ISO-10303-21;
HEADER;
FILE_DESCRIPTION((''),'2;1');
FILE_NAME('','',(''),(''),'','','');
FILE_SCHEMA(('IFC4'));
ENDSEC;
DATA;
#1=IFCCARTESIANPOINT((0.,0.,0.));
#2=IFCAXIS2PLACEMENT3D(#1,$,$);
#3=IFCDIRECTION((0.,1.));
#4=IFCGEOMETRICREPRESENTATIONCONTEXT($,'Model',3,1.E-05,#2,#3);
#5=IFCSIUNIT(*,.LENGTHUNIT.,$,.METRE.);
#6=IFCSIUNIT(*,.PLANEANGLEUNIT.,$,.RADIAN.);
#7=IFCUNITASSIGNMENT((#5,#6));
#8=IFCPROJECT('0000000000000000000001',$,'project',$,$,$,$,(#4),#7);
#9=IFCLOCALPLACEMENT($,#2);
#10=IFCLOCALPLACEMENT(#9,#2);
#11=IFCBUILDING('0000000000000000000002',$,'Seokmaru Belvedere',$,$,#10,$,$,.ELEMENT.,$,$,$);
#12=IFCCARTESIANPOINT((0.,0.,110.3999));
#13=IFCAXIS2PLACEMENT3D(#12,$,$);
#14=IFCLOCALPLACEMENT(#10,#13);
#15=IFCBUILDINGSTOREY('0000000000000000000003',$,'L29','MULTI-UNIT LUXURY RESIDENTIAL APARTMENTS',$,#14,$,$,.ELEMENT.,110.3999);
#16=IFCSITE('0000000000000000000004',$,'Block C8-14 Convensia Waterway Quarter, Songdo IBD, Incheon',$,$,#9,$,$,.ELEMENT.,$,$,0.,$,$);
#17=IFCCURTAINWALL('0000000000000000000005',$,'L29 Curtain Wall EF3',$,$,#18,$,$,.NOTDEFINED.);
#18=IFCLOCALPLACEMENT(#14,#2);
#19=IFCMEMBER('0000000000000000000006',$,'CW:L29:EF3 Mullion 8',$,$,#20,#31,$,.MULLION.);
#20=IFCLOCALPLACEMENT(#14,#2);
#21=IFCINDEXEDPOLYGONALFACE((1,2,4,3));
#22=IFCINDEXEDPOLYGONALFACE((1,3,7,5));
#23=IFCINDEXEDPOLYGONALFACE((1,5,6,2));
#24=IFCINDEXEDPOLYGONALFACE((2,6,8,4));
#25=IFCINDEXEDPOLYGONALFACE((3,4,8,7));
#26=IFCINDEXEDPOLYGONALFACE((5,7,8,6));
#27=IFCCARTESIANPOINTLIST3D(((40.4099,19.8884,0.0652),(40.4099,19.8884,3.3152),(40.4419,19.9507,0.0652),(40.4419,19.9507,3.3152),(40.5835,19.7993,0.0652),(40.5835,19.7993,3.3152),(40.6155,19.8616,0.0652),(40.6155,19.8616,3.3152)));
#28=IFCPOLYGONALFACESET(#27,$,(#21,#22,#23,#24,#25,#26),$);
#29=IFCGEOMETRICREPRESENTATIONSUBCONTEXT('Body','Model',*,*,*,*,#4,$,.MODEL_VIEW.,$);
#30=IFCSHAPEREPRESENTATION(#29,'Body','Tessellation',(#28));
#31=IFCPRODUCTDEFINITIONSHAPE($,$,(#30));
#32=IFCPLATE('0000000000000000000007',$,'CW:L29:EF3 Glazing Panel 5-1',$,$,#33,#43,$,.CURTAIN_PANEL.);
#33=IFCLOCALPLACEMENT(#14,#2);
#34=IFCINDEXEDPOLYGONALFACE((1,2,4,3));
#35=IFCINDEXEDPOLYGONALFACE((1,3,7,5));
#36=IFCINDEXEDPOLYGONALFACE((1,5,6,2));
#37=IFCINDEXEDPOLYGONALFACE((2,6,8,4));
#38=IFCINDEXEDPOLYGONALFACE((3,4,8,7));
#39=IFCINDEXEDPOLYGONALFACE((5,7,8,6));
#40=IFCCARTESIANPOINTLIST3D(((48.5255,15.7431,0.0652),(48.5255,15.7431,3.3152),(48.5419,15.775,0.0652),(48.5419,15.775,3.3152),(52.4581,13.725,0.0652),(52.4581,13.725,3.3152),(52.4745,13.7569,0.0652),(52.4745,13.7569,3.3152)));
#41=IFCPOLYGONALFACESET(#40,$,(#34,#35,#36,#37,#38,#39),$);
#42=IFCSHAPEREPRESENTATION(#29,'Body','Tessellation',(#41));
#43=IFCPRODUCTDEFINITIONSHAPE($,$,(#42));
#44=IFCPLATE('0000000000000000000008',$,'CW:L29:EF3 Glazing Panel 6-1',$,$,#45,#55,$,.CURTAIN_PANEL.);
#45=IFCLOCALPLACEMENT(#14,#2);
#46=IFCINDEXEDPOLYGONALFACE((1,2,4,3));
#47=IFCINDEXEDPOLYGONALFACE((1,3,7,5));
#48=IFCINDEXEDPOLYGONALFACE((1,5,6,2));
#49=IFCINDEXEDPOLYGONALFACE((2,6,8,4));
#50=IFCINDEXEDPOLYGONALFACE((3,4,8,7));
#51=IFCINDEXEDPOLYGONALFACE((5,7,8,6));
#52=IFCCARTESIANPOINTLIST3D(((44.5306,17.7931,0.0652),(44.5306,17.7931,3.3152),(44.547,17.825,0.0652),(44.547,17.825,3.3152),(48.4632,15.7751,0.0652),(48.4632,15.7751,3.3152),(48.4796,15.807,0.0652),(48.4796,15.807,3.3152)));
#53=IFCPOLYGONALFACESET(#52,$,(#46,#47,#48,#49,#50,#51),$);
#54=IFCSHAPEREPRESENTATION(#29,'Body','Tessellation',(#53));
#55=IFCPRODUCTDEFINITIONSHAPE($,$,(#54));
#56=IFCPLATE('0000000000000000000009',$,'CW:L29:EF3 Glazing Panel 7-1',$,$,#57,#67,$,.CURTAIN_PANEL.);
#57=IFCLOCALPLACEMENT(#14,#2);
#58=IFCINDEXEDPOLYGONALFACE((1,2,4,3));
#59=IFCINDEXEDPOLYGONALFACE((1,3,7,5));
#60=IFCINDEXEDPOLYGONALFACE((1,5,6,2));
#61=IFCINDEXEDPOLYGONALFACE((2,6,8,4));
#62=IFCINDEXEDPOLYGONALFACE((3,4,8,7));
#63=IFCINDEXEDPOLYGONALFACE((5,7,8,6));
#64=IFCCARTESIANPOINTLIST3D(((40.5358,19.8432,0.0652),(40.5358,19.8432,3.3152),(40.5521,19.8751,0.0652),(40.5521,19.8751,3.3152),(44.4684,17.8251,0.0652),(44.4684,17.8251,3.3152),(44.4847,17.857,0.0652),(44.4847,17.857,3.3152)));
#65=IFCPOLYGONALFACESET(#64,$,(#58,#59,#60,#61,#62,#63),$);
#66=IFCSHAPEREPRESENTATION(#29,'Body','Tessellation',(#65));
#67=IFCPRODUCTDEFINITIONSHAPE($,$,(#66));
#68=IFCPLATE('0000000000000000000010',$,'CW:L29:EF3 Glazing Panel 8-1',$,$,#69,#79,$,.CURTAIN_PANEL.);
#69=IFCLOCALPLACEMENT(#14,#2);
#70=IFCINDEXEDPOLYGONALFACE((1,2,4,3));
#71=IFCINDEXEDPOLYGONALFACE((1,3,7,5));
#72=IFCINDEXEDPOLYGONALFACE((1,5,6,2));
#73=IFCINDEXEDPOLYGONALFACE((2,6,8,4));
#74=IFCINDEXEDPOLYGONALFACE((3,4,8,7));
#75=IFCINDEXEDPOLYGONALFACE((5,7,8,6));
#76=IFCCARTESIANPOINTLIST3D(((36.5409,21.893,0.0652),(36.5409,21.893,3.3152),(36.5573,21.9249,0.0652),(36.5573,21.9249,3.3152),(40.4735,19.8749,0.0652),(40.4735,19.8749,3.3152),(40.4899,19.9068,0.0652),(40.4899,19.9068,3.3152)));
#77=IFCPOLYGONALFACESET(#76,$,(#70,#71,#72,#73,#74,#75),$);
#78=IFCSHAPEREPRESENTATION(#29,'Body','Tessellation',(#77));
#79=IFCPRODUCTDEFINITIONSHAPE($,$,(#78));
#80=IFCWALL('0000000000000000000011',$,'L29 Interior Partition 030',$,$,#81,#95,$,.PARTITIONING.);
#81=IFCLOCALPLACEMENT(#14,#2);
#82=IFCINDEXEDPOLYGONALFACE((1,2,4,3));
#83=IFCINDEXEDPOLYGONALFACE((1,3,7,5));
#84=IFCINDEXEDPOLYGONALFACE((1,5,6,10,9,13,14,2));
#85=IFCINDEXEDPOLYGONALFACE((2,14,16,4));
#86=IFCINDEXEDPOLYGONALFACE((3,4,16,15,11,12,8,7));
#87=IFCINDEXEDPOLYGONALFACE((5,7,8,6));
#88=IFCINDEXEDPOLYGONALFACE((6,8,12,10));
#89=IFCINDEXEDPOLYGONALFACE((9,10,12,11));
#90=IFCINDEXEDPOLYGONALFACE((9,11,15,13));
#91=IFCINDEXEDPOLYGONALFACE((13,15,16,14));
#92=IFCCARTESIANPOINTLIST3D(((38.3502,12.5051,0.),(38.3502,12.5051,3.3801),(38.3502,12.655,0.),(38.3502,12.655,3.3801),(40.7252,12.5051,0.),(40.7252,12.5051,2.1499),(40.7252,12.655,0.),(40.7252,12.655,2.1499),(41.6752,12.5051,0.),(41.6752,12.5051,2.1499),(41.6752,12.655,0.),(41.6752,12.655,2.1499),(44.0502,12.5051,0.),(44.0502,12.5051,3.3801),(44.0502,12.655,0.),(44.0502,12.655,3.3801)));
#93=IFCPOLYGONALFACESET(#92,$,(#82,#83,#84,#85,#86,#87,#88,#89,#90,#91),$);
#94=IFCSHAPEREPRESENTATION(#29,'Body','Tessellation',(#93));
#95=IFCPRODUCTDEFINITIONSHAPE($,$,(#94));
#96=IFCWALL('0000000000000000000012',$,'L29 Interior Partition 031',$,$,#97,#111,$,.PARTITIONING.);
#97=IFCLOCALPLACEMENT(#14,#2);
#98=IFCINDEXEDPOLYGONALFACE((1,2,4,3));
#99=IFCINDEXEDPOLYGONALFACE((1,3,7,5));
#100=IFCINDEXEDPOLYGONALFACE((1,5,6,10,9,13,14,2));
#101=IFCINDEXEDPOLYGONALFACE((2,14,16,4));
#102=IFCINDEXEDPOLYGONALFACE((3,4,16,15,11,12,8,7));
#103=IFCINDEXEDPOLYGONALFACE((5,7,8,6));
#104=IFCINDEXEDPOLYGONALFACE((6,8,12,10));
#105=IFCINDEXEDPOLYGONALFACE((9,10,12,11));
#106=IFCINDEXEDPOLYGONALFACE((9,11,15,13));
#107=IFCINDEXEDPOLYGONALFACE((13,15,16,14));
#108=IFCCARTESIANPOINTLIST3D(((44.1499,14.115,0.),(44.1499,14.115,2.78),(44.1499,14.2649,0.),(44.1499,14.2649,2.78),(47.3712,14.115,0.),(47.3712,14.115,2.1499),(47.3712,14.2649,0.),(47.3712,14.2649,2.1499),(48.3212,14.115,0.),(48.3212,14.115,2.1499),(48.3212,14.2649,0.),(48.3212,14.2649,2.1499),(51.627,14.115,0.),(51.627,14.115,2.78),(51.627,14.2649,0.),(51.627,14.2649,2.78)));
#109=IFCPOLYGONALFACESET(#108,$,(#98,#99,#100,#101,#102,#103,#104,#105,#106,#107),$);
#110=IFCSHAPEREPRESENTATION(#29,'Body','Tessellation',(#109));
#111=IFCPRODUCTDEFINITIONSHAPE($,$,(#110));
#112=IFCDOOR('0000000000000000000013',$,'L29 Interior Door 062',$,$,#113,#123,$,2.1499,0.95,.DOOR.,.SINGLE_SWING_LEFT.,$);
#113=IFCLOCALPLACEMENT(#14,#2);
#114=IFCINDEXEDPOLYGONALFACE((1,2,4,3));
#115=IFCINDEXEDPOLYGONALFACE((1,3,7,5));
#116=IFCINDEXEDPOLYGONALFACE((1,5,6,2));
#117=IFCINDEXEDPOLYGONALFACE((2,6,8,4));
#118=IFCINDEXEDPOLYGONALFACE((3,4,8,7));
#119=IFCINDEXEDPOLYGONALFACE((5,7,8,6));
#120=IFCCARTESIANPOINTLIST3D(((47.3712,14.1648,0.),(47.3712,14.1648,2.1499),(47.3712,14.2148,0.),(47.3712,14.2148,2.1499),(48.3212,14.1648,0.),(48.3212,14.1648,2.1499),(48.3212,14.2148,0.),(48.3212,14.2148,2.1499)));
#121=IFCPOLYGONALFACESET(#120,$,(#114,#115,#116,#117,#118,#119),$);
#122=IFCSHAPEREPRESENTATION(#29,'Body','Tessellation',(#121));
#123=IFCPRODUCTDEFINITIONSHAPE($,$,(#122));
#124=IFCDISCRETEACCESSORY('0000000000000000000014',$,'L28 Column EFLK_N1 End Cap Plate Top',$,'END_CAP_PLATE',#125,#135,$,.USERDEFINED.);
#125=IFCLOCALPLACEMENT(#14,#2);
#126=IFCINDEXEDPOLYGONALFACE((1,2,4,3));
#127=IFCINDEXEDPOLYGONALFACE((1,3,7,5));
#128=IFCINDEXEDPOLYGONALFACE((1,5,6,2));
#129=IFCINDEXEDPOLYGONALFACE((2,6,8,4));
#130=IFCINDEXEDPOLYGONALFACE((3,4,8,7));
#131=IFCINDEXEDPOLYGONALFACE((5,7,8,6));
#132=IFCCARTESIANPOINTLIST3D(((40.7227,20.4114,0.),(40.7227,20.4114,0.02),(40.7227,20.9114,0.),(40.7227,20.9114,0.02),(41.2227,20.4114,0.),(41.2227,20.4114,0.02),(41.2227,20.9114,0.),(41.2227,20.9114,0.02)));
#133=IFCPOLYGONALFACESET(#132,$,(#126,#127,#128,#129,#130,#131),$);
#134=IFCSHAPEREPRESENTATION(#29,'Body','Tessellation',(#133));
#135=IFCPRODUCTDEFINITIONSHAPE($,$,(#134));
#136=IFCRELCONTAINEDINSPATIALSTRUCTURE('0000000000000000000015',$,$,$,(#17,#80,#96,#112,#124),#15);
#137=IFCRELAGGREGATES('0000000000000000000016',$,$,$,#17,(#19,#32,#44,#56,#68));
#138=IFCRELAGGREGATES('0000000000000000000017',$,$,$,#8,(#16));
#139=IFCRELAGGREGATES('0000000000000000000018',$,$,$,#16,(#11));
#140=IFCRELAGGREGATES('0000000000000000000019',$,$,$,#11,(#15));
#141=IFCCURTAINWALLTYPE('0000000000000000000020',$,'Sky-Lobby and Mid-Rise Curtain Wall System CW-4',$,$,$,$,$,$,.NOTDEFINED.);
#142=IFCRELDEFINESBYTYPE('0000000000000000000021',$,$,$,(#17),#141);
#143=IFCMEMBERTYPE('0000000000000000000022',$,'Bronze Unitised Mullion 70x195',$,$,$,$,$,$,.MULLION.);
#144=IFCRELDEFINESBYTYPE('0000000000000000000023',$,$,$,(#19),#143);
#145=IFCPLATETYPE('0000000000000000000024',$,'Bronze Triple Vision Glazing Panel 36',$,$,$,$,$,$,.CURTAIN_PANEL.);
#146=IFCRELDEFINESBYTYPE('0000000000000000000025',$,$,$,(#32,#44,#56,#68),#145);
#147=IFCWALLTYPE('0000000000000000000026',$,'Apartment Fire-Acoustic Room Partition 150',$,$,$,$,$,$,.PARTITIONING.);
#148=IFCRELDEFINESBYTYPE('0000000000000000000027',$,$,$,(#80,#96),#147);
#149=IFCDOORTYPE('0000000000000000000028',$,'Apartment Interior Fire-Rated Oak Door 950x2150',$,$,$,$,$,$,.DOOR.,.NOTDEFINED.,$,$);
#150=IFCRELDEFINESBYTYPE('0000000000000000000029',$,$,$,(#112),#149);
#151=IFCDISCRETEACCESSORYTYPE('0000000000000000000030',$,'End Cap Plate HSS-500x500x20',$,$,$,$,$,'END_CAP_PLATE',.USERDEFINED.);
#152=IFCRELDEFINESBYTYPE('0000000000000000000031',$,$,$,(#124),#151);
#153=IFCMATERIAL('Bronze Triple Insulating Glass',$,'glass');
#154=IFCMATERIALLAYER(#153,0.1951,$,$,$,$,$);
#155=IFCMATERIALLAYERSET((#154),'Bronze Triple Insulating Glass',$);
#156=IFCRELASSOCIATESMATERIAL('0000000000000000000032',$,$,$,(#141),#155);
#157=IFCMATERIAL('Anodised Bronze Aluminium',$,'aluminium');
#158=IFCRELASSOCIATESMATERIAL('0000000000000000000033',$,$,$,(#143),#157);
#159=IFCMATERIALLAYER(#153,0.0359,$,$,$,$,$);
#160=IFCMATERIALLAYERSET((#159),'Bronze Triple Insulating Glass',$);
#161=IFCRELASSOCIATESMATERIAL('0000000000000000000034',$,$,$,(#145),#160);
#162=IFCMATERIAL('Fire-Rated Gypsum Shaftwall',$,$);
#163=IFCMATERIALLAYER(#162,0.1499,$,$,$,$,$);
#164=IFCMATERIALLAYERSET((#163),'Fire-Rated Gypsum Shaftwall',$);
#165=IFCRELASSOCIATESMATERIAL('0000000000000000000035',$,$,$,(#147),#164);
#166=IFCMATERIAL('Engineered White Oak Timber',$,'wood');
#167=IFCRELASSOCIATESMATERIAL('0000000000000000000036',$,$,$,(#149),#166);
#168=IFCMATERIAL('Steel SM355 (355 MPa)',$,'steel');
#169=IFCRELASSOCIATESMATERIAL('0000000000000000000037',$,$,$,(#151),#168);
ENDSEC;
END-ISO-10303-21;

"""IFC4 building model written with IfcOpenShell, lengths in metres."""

from ifc_helpers import new_model, si_unit, direction, frame, frame_2d, origin, origin_2d, place, context, subcontext, project, spatial, rectangle, extrude, source, transform, mapped, material, layer, layer_set, material_profile, profile_set, type_object, type_shapes, element, fill, aggregate, save


model = new_model("IFC4")

# Units and contexts
model_context = context("Model", 3, precision=1e-05, world=origin(), true_north=direction((0.0, 1.0)))
body_context = subcontext(model_context, "Body", "Model", "MODEL_VIEW")
ifc_project = project(units=[si_unit("LENGTHUNIT", "METRE"), si_unit("PLANEANGLEUNIT", "RADIAN")], contexts=[model_context])

# Site, building, storey
site_placement = place(None, origin())
site = spatial("IfcSite", under=ifc_project, at=site_placement, Name="Block C8-14 Convensia Waterway Quarter, Songdo IBD, Incheon", CompositionType="ELEMENT", RefElevation=0.0)
building_placement = place(site_placement, origin())
building = spatial("IfcBuilding", under=site, at=building_placement, Name="Seokmaru Belvedere", CompositionType="ELEMENT")
storey_placement = place(building_placement, frame((0.0, 0.0, 110.3999)))
storey = spatial("IfcBuildingStorey", under=building, at=storey_placement, Name="L29", Description="MULTI-UNIT LUXURY RESIDENTIAL APARTMENTS", CompositionType="ELEMENT", Elevation=110.3999)

# Shared definitions
ifc_material_1 = material(Name="Steel SM355 (355 MPa)", Category="steel")

# Curtain wall, member, plates
ifc_material_2 = material(Name="Bronze Triple Insulating Glass", Category="glass")
ifc_layer_1 = layer(ifc_material_2, 0.1951)
ifc_layer_set_1 = layer_set([ifc_layer_1], Name="Bronze Triple Insulating Glass")
curtain_wall_type = type_object("IfcCurtainWallType", Name="Sky-Lobby and Mid-Rise Curtain Wall System CW-4", PredefinedType="NOTDEFINED", material=ifc_layer_set_1)
curtain_wall_placement = place(storey_placement, origin())
curtain_wall = element("IfcCurtainWall", 1, at=curtain_wall_placement, inside=storey, type_object=curtain_wall_type, Name="L29 Curtain Wall EF3", PredefinedType="NOTDEFINED")
ifc_material_3 = material(Name="Anodised Bronze Aluminium", Category="aluminium")
ifc_material_profile_1 = material_profile(ifc_material_3, rectangle(XDim=0.0701, YDim=0.1951, at=origin_2d()), Name="CW-M-70x195")
ifc_profile_set_1 = profile_set([ifc_material_profile_1], Name="Anodised Bronze Aluminium")
member_type = type_object("IfcMemberType", Name="Bronze Unitised Mullion 70x195", PredefinedType="MULLION", material=ifc_profile_set_1)
shared_shape_1 = source(origin(), body_context, "Body", "SweptSolid", [
    extrude(rectangle(XDim=0.0701, YDim=0.1951, at=origin_2d()), origin(), (0.0, 0.0, 1.0), 3.25),
])
type_shapes(member_type, [shared_shape_1])
member_1_placement = place(storey_placement, frame((40.5127, 19.875, 0.0652), z_axis=(0.0, 0.0, 1.0), x_axis=(-0.456555, -0.889695, 0.0)))
member_1 = element("IfcMember", 2, at=member_1_placement, type_object=member_type, Name="CW:L29:EF3 Mullion 8", PredefinedType="MULLION", context=body_context, shape_type="MappedRepresentation", body=[
    mapped(shared_shape_1, transform((0.0, 0.0, 0.0), scale=1.0)),
])
ifc_layer_2 = layer(ifc_material_2, 0.0359)
ifc_layer_set_2 = layer_set([ifc_layer_2], Name="Bronze Triple Insulating Glass")
plate_type = type_object("IfcPlateType", Name="Bronze Triple Vision Glazing Panel 36", PredefinedType="CURTAIN_PANEL", material=ifc_layer_set_2)
shared_shape_2 = source(origin(), body_context, "Body", "SweptSolid", [
    extrude(rectangle(XDim=4.4202, YDim=0.0359, at=origin_2d()), origin(), (0.0, 0.0, 1.0), 3.25),
])
type_shapes(plate_type, [shared_shape_2])
plate_1_placement = place(storey_placement, frame((50.5, 14.75, 0.0652), z_axis=(0.0, 0.0, 1.0), x_axis=(-0.889695, 0.456555, 0.0)))
plate_1 = element("IfcPlate", 3, at=plate_1_placement, type_object=plate_type, Name="CW:L29:EF3 Glazing Panel 5-1", PredefinedType="CURTAIN_PANEL", context=body_context, shape_type="MappedRepresentation", body=[
    mapped(shared_shape_2, transform((0.0, 0.0, 0.0), scale=1.0)),
])
plate_2_placement = place(storey_placement, frame((46.5051, 16.8, 0.0652), z_axis=(0.0, 0.0, 1.0), x_axis=(-0.889695, 0.456555, 0.0)))
plate_2 = element("IfcPlate", 4, at=plate_2_placement, type_object=plate_type, Name="CW:L29:EF3 Glazing Panel 6-1", PredefinedType="CURTAIN_PANEL", context=body_context, shape_type="MappedRepresentation", body=[
    mapped(shared_shape_2, transform((0.0, 0.0, 0.0), scale=1.0)),
])
plate_3_placement = place(storey_placement, frame((42.5103, 18.8501, 0.0652), z_axis=(0.0, 0.0, 1.0), x_axis=(-0.889695, 0.456555, 0.0)))
plate_3 = element("IfcPlate", 5, at=plate_3_placement, type_object=plate_type, Name="CW:L29:EF3 Glazing Panel 7-1", PredefinedType="CURTAIN_PANEL", context=body_context, shape_type="MappedRepresentation", body=[
    mapped(shared_shape_2, transform((0.0, 0.0, 0.0), scale=1.0)),
])
plate_4_placement = place(storey_placement, frame((38.5154, 20.8999, 0.0652), z_axis=(0.0, 0.0, 1.0), x_axis=(-0.889695, 0.456555, 0.0)))
plate_4 = element("IfcPlate", 6, at=plate_4_placement, type_object=plate_type, Name="CW:L29:EF3 Glazing Panel 8-1", PredefinedType="CURTAIN_PANEL", context=body_context, shape_type="MappedRepresentation", body=[
    mapped(shared_shape_2, transform((0.0, 0.0, 0.0), scale=1.0)),
])
aggregate(curtain_wall, [member_1, plate_1, plate_2, plate_3, plate_4])

# Wall, opening
ifc_material_4 = material(Name="Fire-Rated Gypsum Shaftwall")
ifc_layer_3 = layer(ifc_material_4, 0.1499)
ifc_layer_set_3 = layer_set([ifc_layer_3], Name="Fire-Rated Gypsum Shaftwall")
wall_type = type_object("IfcWallType", Name="Apartment Fire-Acoustic Room Partition 150", PredefinedType="PARTITIONING", material=ifc_layer_set_3)
wall_1_placement = place(storey_placement, frame((38.3501, 12.5801, 0.0), z_axis=(0.0, 0.0, 1.0), x_axis=(1.0, 0.0, 0.0)))
wall_1 = element("IfcWall", 7, at=wall_1_placement, inside=storey, type_object=wall_type, Name="L29 Interior Partition 030", PredefinedType="PARTITIONING", context=body_context, shape_type="SweptSolid", body=[
    extrude(rectangle(XDim=5.7, YDim=0.1499, at=frame_2d((2.8501, 0.0))), origin(), (0.0, 0.0, 1.0), 3.3801),
])
opening_1_placement = place(wall_1_placement, frame((2.375, 0.0, 0.0)))
element("IfcOpeningElement", 8, at=opening_1_placement, cuts=wall_1, PredefinedType="OPENING", context=body_context, shape_type="SweptSolid", body=[
    extrude(rectangle(XDim=0.95, YDim=2.1499, at=frame_2d((0.4751, 1.075))), frame((0.0, 0.085, 0.0), z_axis=(0.0, -1.0, 0.0), x_axis=(1.0, 0.0, 0.0)), (0.0, 0.0, 1.0), 0.1699),
])

# Wall, opening, door
wall_2_placement = place(storey_placement, frame((44.1499, 14.1899, 0.0), z_axis=(0.0, 0.0, 1.0), x_axis=(1.0, 0.0, 0.0)))
wall_2 = element("IfcWall", 9, at=wall_2_placement, inside=storey, type_object=wall_type, Name="L29 Interior Partition 031", PredefinedType="PARTITIONING", context=body_context, shape_type="SweptSolid", body=[
    extrude(rectangle(XDim=7.4771, YDim=0.1499, at=frame_2d((3.7385, 0.0))), origin(), (0.0, 0.0, 1.0), 2.78),
])
opening_2_placement = place(wall_2_placement, frame((3.2212, 0.0, 0.0)))
opening_2 = element("IfcOpeningElement", 10, at=opening_2_placement, cuts=wall_2, PredefinedType="OPENING", context=body_context, shape_type="SweptSolid", body=[
    extrude(rectangle(XDim=0.95, YDim=2.1499, at=frame_2d((0.4751, 1.075))), frame((0.0, 0.085, 0.0), z_axis=(0.0, -1.0, 0.0), x_axis=(1.0, 0.0, 0.0)), (0.0, 0.0, 1.0), 0.1699),
])
ifc_material_5 = material(Name="Engineered White Oak Timber", Category="wood")
door_type = type_object("IfcDoorType", Name="Apartment Interior Fire-Rated Oak Door 950x2150", OperationType="NOTDEFINED", PredefinedType="DOOR", material=ifc_material_5)
shared_shape_3 = source(origin(), body_context, "Body", "SweptSolid", [
    extrude(rectangle(XDim=0.95, YDim=2.1499, at=frame_2d((0.4751, 1.075))), frame((0.0, 0.0249, 0.0), z_axis=(0.0, -1.0, 0.0), x_axis=(1.0, 0.0, 0.0)), (0.0, 0.0, 1.0), 0.05),
])
type_shapes(door_type, [shared_shape_3])
door_placement = place(opening_2_placement, origin())
door = element("IfcDoor", 11, at=door_placement, inside=storey, type_object=door_type, Name="L29 Interior Door 062", OperationType="SINGLE_SWING_LEFT", OverallHeight=2.1499, OverallWidth=0.95, PredefinedType="DOOR", context=body_context, shape_type="MappedRepresentation", body=[
    mapped(shared_shape_3, transform((0.0, 0.0, 0.0), scale=1.0)),
])
fill(opening_2, door)

# Discrete accessory
discrete_accessory_type = type_object("IfcDiscreteAccessoryType", Name="End Cap Plate HSS-500x500x20", ElementType="END_CAP_PLATE", PredefinedType="USERDEFINED", material=ifc_material_1)
shared_shape_4 = source(origin(), body_context, "Body", "SweptSolid", [
    extrude(rectangle(XDim=0.5, YDim=0.5, at=origin_2d()), origin(), (0.0, 0.0, 1.0), 0.02),
])
type_shapes(discrete_accessory_type, [shared_shape_4])
discrete_accessory_placement = place(storey_placement, frame((40.9727, 20.6614, 0.0), z_axis=(0.0, 0.0, 1.0), x_axis=(1.0, 0.0, 0.0)))
element("IfcDiscreteAccessory", 12, at=discrete_accessory_placement, inside=storey, type_object=discrete_accessory_type, Name="L28 Column EFLK_N1 End Cap Plate Top", ObjectType="END_CAP_PLATE", PredefinedType="USERDEFINED", context=body_context, shape_type="MappedRepresentation", body=[
    mapped(shared_shape_4, transform((0.0, 0.0, 0.0), scale=1.0)),
])

save(model, "model.ifc")
